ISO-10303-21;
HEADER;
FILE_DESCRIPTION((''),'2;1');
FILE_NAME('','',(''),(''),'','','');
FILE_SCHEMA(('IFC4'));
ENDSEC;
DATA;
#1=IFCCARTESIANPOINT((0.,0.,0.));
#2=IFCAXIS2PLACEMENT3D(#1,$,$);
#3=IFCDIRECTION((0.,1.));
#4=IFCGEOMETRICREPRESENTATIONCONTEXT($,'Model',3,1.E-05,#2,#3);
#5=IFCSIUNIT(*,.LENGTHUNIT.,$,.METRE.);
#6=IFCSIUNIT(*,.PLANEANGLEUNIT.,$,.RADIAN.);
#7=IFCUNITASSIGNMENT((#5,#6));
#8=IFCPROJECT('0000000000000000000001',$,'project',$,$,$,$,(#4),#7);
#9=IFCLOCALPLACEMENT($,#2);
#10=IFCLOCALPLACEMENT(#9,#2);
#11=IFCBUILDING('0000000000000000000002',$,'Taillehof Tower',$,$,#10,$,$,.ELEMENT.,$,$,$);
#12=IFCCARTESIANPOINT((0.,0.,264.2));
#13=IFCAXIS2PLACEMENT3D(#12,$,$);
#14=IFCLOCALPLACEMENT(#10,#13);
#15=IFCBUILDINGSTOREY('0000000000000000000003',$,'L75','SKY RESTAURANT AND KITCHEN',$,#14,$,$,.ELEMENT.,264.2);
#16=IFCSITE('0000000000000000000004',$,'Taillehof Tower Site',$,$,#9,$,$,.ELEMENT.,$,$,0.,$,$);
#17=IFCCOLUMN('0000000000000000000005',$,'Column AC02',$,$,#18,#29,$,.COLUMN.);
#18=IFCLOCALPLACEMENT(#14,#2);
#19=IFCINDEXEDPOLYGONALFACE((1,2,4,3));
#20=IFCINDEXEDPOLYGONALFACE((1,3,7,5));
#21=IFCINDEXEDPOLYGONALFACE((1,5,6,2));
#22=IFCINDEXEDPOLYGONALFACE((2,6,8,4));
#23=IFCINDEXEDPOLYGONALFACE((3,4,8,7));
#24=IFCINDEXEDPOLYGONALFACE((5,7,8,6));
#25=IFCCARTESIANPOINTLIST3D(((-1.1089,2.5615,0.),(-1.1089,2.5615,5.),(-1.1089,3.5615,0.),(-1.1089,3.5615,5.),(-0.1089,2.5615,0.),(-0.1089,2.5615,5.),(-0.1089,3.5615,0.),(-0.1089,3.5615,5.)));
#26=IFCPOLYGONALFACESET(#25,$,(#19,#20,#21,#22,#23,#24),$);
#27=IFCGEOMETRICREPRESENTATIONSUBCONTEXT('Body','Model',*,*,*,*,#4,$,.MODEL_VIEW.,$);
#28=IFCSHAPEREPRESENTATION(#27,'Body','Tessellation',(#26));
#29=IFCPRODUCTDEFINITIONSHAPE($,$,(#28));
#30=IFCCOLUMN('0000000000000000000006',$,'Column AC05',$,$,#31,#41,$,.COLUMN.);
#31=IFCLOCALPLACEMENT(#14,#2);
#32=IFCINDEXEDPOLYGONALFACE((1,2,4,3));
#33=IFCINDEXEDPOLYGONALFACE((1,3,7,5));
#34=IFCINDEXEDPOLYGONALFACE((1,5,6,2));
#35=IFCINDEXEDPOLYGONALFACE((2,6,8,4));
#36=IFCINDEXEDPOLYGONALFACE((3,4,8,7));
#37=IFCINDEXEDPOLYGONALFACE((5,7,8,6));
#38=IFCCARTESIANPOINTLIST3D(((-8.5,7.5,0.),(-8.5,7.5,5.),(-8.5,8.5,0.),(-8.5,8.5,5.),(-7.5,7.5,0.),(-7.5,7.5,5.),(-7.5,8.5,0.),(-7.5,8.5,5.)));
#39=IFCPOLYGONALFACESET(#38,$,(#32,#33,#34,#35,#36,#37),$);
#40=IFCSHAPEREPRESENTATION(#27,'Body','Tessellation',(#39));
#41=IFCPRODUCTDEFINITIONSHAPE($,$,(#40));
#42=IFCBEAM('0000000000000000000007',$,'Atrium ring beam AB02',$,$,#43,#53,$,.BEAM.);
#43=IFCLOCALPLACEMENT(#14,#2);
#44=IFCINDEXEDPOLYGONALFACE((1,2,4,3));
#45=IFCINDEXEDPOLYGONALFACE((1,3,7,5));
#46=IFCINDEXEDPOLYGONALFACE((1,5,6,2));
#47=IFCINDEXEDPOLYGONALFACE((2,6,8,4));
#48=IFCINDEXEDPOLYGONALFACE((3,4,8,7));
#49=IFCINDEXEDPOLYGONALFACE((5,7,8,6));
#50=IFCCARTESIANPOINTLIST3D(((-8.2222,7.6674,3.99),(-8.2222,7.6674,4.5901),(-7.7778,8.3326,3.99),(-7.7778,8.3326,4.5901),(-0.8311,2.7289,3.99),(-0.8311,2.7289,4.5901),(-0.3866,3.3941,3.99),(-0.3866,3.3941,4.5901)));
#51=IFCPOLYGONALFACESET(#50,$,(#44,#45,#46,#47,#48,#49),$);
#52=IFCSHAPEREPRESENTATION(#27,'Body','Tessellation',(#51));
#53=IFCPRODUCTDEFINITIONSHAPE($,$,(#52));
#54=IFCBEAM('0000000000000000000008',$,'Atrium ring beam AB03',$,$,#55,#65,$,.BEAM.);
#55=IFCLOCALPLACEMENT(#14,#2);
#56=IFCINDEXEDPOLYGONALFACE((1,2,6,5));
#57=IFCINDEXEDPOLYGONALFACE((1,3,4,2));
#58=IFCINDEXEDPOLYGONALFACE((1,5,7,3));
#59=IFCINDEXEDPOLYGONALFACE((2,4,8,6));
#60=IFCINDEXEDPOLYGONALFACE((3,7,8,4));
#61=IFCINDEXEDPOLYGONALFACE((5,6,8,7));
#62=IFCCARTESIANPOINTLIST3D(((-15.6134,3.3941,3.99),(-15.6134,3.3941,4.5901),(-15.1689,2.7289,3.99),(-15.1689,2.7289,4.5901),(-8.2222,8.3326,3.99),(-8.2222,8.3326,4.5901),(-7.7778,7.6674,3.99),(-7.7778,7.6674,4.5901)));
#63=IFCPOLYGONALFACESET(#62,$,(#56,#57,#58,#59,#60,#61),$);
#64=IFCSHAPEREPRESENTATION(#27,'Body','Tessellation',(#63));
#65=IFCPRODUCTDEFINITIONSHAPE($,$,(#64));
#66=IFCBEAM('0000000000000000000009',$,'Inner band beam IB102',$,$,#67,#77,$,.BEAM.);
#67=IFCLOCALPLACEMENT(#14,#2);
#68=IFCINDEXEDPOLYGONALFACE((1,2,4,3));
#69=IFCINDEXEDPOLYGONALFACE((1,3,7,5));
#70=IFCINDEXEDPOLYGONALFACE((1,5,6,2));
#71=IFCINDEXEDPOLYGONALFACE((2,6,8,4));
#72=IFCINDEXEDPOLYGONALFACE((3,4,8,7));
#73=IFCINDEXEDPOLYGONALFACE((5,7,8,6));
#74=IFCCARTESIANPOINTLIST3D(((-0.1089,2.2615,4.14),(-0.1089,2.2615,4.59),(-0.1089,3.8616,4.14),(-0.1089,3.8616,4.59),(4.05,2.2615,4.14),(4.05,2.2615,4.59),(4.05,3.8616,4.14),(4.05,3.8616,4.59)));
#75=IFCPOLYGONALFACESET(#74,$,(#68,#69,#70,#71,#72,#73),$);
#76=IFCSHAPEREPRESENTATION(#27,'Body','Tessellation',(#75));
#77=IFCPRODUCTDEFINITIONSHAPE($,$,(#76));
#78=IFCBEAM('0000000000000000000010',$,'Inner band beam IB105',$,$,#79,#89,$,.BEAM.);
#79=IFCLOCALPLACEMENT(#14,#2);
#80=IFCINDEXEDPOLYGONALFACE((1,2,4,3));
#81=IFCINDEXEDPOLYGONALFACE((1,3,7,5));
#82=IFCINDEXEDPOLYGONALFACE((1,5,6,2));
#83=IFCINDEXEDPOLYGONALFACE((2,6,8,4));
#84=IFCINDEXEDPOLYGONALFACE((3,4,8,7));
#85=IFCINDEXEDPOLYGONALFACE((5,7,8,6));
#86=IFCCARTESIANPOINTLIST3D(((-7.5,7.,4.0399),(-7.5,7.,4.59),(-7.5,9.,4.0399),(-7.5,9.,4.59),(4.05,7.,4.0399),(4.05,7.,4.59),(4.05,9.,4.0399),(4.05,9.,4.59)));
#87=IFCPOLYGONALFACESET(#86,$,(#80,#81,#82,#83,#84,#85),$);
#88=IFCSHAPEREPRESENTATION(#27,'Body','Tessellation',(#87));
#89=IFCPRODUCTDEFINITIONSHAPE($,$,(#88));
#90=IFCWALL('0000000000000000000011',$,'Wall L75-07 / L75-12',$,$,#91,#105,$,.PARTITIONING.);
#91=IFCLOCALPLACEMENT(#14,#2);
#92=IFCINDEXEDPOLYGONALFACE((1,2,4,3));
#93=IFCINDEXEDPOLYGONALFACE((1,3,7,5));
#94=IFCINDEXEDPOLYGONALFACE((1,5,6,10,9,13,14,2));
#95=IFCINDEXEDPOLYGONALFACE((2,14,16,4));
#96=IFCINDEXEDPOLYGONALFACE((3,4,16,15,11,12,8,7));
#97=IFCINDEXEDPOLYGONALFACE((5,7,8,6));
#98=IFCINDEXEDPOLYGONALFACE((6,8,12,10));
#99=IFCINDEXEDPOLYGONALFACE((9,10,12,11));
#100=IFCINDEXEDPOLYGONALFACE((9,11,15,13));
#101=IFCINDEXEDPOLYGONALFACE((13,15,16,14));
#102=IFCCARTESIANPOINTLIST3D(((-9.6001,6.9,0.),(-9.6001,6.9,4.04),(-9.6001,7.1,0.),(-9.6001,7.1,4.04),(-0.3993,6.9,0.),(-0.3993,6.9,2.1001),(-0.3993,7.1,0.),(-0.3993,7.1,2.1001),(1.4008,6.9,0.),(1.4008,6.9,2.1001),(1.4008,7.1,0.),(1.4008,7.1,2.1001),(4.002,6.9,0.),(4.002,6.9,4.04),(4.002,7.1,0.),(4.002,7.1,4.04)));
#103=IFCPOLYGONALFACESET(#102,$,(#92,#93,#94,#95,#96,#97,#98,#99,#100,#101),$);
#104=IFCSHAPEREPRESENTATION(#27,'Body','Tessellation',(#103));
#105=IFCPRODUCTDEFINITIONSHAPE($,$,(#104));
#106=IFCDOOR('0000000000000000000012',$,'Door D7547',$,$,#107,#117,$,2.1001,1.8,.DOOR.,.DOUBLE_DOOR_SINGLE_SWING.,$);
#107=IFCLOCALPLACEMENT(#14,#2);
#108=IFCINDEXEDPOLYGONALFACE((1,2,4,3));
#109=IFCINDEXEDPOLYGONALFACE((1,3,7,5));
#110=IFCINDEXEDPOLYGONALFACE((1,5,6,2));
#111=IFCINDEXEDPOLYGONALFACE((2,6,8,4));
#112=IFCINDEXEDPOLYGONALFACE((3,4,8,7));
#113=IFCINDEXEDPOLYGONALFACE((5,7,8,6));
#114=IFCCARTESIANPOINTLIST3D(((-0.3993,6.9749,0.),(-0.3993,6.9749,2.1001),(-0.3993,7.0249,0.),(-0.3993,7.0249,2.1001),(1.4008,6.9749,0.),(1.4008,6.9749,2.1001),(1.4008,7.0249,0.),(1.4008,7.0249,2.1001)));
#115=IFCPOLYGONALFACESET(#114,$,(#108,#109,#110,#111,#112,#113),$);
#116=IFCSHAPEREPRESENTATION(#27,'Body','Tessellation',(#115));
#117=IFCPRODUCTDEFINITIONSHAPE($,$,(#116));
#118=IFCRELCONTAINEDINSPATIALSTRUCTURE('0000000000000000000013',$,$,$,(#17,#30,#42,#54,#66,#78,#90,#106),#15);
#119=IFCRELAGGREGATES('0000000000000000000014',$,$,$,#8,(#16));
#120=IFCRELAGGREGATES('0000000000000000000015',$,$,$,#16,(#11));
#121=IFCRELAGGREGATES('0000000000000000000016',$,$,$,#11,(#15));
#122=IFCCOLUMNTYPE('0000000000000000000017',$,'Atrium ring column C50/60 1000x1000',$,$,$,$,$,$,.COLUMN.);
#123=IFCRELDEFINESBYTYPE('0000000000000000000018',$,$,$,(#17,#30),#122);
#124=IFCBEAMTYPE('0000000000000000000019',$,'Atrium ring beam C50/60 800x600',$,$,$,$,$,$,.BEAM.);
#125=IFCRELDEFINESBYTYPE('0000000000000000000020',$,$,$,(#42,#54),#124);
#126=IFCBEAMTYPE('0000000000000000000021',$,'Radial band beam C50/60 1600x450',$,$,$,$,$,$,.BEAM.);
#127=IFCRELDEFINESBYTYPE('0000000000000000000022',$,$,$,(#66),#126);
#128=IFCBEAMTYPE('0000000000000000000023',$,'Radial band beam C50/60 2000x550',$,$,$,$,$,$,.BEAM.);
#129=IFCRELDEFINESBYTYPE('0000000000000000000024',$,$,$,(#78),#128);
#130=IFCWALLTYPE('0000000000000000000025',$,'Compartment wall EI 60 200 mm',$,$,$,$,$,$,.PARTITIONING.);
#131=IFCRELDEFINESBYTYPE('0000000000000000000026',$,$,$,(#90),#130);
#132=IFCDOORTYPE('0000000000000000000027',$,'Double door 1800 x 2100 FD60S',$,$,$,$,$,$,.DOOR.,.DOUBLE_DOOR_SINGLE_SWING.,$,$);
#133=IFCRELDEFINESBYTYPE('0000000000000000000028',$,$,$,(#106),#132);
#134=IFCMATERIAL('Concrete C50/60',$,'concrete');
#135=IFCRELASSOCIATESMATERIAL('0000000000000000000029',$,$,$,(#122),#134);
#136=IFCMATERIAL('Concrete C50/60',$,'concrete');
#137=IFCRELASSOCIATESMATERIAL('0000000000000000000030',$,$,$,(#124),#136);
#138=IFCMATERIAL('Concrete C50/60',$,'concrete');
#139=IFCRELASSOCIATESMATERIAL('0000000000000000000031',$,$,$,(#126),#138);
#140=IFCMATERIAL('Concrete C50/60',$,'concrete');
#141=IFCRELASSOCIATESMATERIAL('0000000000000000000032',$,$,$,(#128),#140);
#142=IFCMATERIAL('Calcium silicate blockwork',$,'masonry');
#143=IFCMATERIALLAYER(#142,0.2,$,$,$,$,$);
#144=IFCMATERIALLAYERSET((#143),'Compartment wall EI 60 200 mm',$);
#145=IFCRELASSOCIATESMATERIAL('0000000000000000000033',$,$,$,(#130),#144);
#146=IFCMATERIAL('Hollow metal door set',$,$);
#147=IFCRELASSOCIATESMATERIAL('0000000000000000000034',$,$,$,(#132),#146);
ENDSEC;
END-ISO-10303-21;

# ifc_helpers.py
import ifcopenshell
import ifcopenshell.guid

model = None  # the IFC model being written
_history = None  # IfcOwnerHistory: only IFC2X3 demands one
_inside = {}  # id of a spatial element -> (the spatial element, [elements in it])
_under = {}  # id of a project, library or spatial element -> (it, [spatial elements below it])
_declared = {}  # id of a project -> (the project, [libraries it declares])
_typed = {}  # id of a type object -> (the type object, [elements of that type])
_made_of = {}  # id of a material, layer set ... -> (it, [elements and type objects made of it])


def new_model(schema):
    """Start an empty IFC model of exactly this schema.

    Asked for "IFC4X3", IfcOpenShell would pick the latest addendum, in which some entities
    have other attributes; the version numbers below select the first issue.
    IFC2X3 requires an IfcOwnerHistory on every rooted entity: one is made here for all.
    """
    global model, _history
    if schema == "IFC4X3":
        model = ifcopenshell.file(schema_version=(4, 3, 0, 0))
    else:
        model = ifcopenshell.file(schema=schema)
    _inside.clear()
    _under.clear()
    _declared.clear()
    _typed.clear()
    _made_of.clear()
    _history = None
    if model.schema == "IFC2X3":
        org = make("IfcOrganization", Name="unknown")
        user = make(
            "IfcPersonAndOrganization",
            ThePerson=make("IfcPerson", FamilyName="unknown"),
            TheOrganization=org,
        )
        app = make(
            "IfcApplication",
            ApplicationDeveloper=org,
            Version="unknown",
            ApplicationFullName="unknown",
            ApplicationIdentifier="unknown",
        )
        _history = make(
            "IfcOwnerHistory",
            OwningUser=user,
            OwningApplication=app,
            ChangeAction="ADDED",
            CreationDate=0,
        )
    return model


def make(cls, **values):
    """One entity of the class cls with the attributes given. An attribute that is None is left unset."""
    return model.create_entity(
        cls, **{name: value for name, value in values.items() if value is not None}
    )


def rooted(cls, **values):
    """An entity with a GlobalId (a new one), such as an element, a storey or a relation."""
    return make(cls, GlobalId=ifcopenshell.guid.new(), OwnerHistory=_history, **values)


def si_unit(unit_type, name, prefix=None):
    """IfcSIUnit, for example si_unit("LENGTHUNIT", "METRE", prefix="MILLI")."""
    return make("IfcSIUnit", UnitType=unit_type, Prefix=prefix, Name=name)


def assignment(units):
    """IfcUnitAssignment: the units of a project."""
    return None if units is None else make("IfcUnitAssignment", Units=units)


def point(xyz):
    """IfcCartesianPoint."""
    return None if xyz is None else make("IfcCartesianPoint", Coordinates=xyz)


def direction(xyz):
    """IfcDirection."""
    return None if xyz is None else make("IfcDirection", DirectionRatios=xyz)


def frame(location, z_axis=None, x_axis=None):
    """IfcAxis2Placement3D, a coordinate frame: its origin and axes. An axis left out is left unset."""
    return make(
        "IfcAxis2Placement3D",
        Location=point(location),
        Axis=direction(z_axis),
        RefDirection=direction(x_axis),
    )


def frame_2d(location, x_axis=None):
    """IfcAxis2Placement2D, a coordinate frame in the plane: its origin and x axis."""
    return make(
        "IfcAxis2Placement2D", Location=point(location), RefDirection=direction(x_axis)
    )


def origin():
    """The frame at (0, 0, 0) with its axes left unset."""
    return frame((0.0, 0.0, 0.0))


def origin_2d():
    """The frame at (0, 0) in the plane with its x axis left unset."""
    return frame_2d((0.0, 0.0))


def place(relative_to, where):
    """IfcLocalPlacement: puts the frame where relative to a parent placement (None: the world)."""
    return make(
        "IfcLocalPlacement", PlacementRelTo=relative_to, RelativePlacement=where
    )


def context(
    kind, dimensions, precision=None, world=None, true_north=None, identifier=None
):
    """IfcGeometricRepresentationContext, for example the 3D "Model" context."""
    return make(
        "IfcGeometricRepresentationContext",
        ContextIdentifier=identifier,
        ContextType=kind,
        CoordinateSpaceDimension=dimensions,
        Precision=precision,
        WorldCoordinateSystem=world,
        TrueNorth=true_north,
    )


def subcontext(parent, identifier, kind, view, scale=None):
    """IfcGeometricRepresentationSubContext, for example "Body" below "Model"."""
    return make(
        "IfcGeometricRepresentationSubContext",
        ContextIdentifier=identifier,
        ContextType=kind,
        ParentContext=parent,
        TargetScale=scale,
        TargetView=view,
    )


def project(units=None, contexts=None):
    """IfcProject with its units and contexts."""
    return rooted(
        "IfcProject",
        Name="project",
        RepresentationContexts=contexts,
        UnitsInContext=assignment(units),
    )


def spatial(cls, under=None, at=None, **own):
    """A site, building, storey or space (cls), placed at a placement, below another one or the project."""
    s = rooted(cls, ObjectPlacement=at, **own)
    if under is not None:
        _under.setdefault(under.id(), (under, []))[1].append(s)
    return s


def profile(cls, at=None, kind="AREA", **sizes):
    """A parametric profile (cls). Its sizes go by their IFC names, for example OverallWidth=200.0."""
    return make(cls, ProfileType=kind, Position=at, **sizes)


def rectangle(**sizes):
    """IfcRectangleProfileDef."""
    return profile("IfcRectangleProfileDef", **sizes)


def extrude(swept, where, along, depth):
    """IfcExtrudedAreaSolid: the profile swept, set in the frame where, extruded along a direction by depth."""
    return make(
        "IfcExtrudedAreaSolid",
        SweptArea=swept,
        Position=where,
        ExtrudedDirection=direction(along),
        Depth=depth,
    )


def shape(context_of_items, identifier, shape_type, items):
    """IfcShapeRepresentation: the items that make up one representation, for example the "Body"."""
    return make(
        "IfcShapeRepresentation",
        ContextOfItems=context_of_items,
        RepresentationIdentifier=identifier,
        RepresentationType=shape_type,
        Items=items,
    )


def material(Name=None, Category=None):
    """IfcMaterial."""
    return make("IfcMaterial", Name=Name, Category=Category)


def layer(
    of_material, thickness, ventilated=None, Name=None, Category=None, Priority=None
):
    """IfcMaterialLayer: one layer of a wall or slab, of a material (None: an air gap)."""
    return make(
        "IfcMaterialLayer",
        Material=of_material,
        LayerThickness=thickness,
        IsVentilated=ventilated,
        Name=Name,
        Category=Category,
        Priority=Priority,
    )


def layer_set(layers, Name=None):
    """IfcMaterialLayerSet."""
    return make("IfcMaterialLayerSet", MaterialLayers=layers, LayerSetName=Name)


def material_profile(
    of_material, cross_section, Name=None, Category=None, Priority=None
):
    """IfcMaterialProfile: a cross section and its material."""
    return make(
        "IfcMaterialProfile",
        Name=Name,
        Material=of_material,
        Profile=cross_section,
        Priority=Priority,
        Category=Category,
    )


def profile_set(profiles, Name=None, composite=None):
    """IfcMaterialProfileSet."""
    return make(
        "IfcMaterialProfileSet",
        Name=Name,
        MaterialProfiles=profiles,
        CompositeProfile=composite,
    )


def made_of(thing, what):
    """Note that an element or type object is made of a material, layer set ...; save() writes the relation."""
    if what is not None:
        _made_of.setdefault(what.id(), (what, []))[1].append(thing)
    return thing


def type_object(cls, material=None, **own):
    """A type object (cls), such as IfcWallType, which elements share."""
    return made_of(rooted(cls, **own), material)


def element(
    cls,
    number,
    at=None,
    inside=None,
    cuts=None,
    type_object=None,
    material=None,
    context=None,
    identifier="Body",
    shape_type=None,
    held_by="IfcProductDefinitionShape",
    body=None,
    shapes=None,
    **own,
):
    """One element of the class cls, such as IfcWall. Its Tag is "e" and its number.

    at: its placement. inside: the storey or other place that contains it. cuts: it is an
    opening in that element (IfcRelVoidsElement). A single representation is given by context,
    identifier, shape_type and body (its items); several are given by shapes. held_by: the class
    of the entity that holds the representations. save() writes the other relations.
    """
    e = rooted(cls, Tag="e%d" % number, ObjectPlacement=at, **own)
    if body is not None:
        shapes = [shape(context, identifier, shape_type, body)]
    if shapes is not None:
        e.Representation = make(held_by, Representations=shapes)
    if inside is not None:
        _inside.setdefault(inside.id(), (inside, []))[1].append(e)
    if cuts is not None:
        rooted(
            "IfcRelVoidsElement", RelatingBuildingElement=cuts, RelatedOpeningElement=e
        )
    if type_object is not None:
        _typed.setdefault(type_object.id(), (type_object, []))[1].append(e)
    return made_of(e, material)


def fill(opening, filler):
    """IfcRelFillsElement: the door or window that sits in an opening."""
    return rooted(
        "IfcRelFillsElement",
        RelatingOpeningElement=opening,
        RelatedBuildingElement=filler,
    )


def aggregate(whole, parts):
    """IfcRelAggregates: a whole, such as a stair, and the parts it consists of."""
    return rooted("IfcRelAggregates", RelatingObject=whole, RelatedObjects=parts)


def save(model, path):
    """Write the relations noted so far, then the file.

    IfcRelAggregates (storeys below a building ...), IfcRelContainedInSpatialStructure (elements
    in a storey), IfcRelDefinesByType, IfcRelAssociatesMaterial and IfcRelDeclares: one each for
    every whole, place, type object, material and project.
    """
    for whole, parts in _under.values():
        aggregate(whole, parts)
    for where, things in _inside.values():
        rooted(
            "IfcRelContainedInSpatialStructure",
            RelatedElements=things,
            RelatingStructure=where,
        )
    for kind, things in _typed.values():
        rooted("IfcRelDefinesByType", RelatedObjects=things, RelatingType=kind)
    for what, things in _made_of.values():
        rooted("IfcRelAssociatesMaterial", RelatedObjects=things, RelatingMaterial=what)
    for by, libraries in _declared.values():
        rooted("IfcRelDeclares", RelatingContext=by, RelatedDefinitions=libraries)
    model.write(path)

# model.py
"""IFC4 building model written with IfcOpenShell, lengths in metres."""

from ifc_helpers import new_model, si_unit, direction, frame, frame_2d, origin, origin_2d, place, context, subcontext, project, spatial, rectangle, extrude, material, layer, layer_set, material_profile, profile_set, type_object, element, fill, save


model = new_model("IFC4")

# Units and contexts
model_context = context("Model", 3, precision=1e-05, world=origin(), true_north=direction((0.0, 1.0)))
body_context = subcontext(model_context, "Body", "Model", "MODEL_VIEW")
ifc_project = project(units=[si_unit("LENGTHUNIT", "METRE"), si_unit("PLANEANGLEUNIT", "RADIAN")], contexts=[model_context])

# Site, building, storey
site_placement = place(None, origin())
site = spatial("IfcSite", under=ifc_project, at=site_placement, Name="Taillehof Tower Site", CompositionType="ELEMENT", RefElevation=0.0)
building_placement = place(site_placement, origin())
building = spatial("IfcBuilding", under=site, at=building_placement, Name="Taillehof Tower", CompositionType="ELEMENT")
storey_placement = place(building_placement, frame((0.0, 0.0, 264.2)))
storey = spatial("IfcBuildingStorey", under=building, at=storey_placement, Name="L75", Description="SKY RESTAURANT AND KITCHEN", CompositionType="ELEMENT", Elevation=264.2)

# Columns
ifc_material_1 = material(Name="Concrete C50/60", Category="concrete")
ifc_material_profile_1 = material_profile(ifc_material_1, rectangle(XDim=1.0, YDim=1.0, at=origin_2d()), Name="RC 1000x1000")
ifc_profile_set_1 = profile_set([ifc_material_profile_1], Name="Concrete C50/60")
column_type = type_object("IfcColumnType", Name="Atrium ring column C50/60 1000x1000", PredefinedType="COLUMN", material=ifc_profile_set_1)
for number, where, z_axis, x_axis, name in (
    (1, (-0.6089, 3.0615, 0.0), (0.0, 0.0, 1.0), (1.0, 0.0, 0.0), "Column AC02"),
    (2, (-8.0, 8.0, 0.0), (0.0, 0.0, 1.0), (1.0, 0.0, 0.0), "Column AC05"),
):
    element("IfcColumn", number, at=place(storey_placement, frame(where, z_axis=z_axis, x_axis=x_axis)), inside=storey, type_object=column_type, Name=name, PredefinedType="COLUMN", context=body_context, shape_type="SweptSolid", body=[
        extrude(rectangle(XDim=1.0, YDim=1.0, at=origin_2d()), origin(), (0.0, 0.0, 1.0), 5.0),
    ])

# Beams
ifc_material_2 = material(Name="Concrete C50/60", Category="concrete")
ifc_material_profile_2 = material_profile(ifc_material_2, rectangle(XDim=0.8, YDim=0.6001, at=origin_2d()), Name="RC 800x600")
ifc_profile_set_2 = profile_set([ifc_material_profile_2], Name="Concrete C50/60")
beam_type_1 = type_object("IfcBeamType", Name="Atrium ring beam C50/60 800x600", PredefinedType="BEAM", material=ifc_profile_set_2)
for number, where, z_axis, x_axis, name in (
    (3, (-0.6089, 3.0615, 4.29), (-0.831475, 0.555562, 0.0), (-0.555562, -0.831475, 0.0), "Atrium ring beam AB02"),
    (4, (-8.0, 8.0, 4.29), (-0.831475, -0.555562, 0.0), (0.555562, -0.831475, 0.0), "Atrium ring beam AB03"),
):
    element("IfcBeam", number, at=place(storey_placement, frame(where, z_axis=z_axis, x_axis=x_axis)), inside=storey, type_object=beam_type_1, Name=name, PredefinedType="BEAM", context=body_context, shape_type="SweptSolid", body=[
        extrude(rectangle(XDim=0.8, YDim=0.6001, at=origin_2d()), origin(), (0.0, 0.0, 1.0), 8.8892),
    ])
ifc_material_3 = material(Name="Concrete C50/60", Category="concrete")
ifc_material_profile_3 = material_profile(ifc_material_3, rectangle(XDim=1.6001, YDim=0.45, at=origin_2d()), Name="RC 1600x450")
ifc_profile_set_3 = profile_set([ifc_material_profile_3], Name="Concrete C50/60")
beam_type_2 = type_object("IfcBeamType", Name="Radial band beam C50/60 1600x450", PredefinedType="BEAM", material=ifc_profile_set_3)
beam_1_placement = place(storey_placement, frame((-0.1089, 3.0615, 4.365), z_axis=(1.0, 0.0, 0.0), x_axis=(0.0, 1.0, 0.0)))
element("IfcBeam", 5, at=beam_1_placement, inside=storey, type_object=beam_type_2, Name="Inner band beam IB102", PredefinedType="BEAM", context=body_context, shape_type="SweptSolid", body=[
    extrude(rectangle(XDim=1.6001, YDim=0.45, at=origin_2d()), origin(), (0.0, 0.0, 1.0), 4.1589),
])
ifc_material_4 = material(Name="Concrete C50/60", Category="concrete")
ifc_material_profile_4 = material_profile(ifc_material_4, rectangle(XDim=2.0, YDim=0.55, at=origin_2d()), Name="RC 2000x550")
ifc_profile_set_4 = profile_set([ifc_material_profile_4], Name="Concrete C50/60")
beam_type_3 = type_object("IfcBeamType", Name="Radial band beam C50/60 2000x550", PredefinedType="BEAM", material=ifc_profile_set_4)
beam_2_placement = place(storey_placement, frame((-7.5, 8.0, 4.3149), z_axis=(1.0, 0.0, 0.0), x_axis=(0.0, 1.0, 0.0)))
element("IfcBeam", 6, at=beam_2_placement, inside=storey, type_object=beam_type_3, Name="Inner band beam IB105", PredefinedType="BEAM", context=body_context, shape_type="SweptSolid", body=[
    extrude(rectangle(XDim=2.0, YDim=0.55, at=origin_2d()), origin(), (0.0, 0.0, 1.0), 11.55),
])

# Wall, opening, door
ifc_material_5 = material(Name="Calcium silicate blockwork", Category="masonry")
ifc_layer_1 = layer(ifc_material_5, 0.2)
ifc_layer_set_1 = layer_set([ifc_layer_1], Name="Compartment wall EI 60 200 mm")
wall_type_1 = type_object("IfcWallType", Name="Compartment wall EI 60 200 mm", PredefinedType="PARTITIONING", material=ifc_layer_set_1)
wall_1_placement = place(storey_placement, frame((-9.6001, 7.0, 0.0), z_axis=(0.0, 0.0, 1.0), x_axis=(1.0, 0.0, 0.0)))
wall_1 = element("IfcWall", 7, at=wall_1_placement, inside=storey, type_object=wall_type_1, Name="Wall L75-07 / L75-12", PredefinedType="PARTITIONING", context=body_context, shape_type="SweptSolid", body=[
    extrude(rectangle(XDim=13.6021, YDim=0.2, at=frame_2d((6.801, 0.0))), origin(), (0.0, 0.0, 1.0), 4.04),
])
opening_1_placement = place(wall_1_placement, frame((9.2009, 0.0, 0.0)))
opening_1 = element("IfcOpeningElement", 8, at=opening_1_placement, cuts=wall_1, PredefinedType="OPENING", context=body_context, shape_type="SweptSolid", body=[
    extrude(rectangle(XDim=1.8, YDim=2.1001, at=frame_2d((0.8999, 1.05))), frame((0.0, 0.1099, 0.0), z_axis=(0.0, -1.0, 0.0), x_axis=(1.0, 0.0, 0.0)), (0.0, 0.0, 1.0), 0.22),
])
ifc_material_6 = material(Name="Hollow metal door set")
door_type_1 = type_object("IfcDoorType", Name="Double door 1800 x 2100 FD60S", OperationType="DOUBLE_DOOR_SINGLE_SWING", PredefinedType="DOOR", material=ifc_material_6)
door_1_placement = place(opening_1_placement, origin())
door_1 = element("IfcDoor", 9, at=door_1_placement, inside=storey, type_object=door_type_1, Name="Door D7547", OperationType="DOUBLE_DOOR_SINGLE_SWING", OverallHeight=2.1001, OverallWidth=1.8, PredefinedType="DOOR", context=body_context, shape_type="SweptSolid", body=[
    extrude(rectangle(XDim=1.8, YDim=2.1001, at=frame_2d((0.8999, 1.05))), frame((0.0, 0.0249, 0.0), z_axis=(0.0, -1.0, 0.0), x_axis=(1.0, 0.0, 0.0)), (0.0, 0.0, 1.0), 0.05),
])
fill(opening_1, door_1)

save(model, "model.ifc")
